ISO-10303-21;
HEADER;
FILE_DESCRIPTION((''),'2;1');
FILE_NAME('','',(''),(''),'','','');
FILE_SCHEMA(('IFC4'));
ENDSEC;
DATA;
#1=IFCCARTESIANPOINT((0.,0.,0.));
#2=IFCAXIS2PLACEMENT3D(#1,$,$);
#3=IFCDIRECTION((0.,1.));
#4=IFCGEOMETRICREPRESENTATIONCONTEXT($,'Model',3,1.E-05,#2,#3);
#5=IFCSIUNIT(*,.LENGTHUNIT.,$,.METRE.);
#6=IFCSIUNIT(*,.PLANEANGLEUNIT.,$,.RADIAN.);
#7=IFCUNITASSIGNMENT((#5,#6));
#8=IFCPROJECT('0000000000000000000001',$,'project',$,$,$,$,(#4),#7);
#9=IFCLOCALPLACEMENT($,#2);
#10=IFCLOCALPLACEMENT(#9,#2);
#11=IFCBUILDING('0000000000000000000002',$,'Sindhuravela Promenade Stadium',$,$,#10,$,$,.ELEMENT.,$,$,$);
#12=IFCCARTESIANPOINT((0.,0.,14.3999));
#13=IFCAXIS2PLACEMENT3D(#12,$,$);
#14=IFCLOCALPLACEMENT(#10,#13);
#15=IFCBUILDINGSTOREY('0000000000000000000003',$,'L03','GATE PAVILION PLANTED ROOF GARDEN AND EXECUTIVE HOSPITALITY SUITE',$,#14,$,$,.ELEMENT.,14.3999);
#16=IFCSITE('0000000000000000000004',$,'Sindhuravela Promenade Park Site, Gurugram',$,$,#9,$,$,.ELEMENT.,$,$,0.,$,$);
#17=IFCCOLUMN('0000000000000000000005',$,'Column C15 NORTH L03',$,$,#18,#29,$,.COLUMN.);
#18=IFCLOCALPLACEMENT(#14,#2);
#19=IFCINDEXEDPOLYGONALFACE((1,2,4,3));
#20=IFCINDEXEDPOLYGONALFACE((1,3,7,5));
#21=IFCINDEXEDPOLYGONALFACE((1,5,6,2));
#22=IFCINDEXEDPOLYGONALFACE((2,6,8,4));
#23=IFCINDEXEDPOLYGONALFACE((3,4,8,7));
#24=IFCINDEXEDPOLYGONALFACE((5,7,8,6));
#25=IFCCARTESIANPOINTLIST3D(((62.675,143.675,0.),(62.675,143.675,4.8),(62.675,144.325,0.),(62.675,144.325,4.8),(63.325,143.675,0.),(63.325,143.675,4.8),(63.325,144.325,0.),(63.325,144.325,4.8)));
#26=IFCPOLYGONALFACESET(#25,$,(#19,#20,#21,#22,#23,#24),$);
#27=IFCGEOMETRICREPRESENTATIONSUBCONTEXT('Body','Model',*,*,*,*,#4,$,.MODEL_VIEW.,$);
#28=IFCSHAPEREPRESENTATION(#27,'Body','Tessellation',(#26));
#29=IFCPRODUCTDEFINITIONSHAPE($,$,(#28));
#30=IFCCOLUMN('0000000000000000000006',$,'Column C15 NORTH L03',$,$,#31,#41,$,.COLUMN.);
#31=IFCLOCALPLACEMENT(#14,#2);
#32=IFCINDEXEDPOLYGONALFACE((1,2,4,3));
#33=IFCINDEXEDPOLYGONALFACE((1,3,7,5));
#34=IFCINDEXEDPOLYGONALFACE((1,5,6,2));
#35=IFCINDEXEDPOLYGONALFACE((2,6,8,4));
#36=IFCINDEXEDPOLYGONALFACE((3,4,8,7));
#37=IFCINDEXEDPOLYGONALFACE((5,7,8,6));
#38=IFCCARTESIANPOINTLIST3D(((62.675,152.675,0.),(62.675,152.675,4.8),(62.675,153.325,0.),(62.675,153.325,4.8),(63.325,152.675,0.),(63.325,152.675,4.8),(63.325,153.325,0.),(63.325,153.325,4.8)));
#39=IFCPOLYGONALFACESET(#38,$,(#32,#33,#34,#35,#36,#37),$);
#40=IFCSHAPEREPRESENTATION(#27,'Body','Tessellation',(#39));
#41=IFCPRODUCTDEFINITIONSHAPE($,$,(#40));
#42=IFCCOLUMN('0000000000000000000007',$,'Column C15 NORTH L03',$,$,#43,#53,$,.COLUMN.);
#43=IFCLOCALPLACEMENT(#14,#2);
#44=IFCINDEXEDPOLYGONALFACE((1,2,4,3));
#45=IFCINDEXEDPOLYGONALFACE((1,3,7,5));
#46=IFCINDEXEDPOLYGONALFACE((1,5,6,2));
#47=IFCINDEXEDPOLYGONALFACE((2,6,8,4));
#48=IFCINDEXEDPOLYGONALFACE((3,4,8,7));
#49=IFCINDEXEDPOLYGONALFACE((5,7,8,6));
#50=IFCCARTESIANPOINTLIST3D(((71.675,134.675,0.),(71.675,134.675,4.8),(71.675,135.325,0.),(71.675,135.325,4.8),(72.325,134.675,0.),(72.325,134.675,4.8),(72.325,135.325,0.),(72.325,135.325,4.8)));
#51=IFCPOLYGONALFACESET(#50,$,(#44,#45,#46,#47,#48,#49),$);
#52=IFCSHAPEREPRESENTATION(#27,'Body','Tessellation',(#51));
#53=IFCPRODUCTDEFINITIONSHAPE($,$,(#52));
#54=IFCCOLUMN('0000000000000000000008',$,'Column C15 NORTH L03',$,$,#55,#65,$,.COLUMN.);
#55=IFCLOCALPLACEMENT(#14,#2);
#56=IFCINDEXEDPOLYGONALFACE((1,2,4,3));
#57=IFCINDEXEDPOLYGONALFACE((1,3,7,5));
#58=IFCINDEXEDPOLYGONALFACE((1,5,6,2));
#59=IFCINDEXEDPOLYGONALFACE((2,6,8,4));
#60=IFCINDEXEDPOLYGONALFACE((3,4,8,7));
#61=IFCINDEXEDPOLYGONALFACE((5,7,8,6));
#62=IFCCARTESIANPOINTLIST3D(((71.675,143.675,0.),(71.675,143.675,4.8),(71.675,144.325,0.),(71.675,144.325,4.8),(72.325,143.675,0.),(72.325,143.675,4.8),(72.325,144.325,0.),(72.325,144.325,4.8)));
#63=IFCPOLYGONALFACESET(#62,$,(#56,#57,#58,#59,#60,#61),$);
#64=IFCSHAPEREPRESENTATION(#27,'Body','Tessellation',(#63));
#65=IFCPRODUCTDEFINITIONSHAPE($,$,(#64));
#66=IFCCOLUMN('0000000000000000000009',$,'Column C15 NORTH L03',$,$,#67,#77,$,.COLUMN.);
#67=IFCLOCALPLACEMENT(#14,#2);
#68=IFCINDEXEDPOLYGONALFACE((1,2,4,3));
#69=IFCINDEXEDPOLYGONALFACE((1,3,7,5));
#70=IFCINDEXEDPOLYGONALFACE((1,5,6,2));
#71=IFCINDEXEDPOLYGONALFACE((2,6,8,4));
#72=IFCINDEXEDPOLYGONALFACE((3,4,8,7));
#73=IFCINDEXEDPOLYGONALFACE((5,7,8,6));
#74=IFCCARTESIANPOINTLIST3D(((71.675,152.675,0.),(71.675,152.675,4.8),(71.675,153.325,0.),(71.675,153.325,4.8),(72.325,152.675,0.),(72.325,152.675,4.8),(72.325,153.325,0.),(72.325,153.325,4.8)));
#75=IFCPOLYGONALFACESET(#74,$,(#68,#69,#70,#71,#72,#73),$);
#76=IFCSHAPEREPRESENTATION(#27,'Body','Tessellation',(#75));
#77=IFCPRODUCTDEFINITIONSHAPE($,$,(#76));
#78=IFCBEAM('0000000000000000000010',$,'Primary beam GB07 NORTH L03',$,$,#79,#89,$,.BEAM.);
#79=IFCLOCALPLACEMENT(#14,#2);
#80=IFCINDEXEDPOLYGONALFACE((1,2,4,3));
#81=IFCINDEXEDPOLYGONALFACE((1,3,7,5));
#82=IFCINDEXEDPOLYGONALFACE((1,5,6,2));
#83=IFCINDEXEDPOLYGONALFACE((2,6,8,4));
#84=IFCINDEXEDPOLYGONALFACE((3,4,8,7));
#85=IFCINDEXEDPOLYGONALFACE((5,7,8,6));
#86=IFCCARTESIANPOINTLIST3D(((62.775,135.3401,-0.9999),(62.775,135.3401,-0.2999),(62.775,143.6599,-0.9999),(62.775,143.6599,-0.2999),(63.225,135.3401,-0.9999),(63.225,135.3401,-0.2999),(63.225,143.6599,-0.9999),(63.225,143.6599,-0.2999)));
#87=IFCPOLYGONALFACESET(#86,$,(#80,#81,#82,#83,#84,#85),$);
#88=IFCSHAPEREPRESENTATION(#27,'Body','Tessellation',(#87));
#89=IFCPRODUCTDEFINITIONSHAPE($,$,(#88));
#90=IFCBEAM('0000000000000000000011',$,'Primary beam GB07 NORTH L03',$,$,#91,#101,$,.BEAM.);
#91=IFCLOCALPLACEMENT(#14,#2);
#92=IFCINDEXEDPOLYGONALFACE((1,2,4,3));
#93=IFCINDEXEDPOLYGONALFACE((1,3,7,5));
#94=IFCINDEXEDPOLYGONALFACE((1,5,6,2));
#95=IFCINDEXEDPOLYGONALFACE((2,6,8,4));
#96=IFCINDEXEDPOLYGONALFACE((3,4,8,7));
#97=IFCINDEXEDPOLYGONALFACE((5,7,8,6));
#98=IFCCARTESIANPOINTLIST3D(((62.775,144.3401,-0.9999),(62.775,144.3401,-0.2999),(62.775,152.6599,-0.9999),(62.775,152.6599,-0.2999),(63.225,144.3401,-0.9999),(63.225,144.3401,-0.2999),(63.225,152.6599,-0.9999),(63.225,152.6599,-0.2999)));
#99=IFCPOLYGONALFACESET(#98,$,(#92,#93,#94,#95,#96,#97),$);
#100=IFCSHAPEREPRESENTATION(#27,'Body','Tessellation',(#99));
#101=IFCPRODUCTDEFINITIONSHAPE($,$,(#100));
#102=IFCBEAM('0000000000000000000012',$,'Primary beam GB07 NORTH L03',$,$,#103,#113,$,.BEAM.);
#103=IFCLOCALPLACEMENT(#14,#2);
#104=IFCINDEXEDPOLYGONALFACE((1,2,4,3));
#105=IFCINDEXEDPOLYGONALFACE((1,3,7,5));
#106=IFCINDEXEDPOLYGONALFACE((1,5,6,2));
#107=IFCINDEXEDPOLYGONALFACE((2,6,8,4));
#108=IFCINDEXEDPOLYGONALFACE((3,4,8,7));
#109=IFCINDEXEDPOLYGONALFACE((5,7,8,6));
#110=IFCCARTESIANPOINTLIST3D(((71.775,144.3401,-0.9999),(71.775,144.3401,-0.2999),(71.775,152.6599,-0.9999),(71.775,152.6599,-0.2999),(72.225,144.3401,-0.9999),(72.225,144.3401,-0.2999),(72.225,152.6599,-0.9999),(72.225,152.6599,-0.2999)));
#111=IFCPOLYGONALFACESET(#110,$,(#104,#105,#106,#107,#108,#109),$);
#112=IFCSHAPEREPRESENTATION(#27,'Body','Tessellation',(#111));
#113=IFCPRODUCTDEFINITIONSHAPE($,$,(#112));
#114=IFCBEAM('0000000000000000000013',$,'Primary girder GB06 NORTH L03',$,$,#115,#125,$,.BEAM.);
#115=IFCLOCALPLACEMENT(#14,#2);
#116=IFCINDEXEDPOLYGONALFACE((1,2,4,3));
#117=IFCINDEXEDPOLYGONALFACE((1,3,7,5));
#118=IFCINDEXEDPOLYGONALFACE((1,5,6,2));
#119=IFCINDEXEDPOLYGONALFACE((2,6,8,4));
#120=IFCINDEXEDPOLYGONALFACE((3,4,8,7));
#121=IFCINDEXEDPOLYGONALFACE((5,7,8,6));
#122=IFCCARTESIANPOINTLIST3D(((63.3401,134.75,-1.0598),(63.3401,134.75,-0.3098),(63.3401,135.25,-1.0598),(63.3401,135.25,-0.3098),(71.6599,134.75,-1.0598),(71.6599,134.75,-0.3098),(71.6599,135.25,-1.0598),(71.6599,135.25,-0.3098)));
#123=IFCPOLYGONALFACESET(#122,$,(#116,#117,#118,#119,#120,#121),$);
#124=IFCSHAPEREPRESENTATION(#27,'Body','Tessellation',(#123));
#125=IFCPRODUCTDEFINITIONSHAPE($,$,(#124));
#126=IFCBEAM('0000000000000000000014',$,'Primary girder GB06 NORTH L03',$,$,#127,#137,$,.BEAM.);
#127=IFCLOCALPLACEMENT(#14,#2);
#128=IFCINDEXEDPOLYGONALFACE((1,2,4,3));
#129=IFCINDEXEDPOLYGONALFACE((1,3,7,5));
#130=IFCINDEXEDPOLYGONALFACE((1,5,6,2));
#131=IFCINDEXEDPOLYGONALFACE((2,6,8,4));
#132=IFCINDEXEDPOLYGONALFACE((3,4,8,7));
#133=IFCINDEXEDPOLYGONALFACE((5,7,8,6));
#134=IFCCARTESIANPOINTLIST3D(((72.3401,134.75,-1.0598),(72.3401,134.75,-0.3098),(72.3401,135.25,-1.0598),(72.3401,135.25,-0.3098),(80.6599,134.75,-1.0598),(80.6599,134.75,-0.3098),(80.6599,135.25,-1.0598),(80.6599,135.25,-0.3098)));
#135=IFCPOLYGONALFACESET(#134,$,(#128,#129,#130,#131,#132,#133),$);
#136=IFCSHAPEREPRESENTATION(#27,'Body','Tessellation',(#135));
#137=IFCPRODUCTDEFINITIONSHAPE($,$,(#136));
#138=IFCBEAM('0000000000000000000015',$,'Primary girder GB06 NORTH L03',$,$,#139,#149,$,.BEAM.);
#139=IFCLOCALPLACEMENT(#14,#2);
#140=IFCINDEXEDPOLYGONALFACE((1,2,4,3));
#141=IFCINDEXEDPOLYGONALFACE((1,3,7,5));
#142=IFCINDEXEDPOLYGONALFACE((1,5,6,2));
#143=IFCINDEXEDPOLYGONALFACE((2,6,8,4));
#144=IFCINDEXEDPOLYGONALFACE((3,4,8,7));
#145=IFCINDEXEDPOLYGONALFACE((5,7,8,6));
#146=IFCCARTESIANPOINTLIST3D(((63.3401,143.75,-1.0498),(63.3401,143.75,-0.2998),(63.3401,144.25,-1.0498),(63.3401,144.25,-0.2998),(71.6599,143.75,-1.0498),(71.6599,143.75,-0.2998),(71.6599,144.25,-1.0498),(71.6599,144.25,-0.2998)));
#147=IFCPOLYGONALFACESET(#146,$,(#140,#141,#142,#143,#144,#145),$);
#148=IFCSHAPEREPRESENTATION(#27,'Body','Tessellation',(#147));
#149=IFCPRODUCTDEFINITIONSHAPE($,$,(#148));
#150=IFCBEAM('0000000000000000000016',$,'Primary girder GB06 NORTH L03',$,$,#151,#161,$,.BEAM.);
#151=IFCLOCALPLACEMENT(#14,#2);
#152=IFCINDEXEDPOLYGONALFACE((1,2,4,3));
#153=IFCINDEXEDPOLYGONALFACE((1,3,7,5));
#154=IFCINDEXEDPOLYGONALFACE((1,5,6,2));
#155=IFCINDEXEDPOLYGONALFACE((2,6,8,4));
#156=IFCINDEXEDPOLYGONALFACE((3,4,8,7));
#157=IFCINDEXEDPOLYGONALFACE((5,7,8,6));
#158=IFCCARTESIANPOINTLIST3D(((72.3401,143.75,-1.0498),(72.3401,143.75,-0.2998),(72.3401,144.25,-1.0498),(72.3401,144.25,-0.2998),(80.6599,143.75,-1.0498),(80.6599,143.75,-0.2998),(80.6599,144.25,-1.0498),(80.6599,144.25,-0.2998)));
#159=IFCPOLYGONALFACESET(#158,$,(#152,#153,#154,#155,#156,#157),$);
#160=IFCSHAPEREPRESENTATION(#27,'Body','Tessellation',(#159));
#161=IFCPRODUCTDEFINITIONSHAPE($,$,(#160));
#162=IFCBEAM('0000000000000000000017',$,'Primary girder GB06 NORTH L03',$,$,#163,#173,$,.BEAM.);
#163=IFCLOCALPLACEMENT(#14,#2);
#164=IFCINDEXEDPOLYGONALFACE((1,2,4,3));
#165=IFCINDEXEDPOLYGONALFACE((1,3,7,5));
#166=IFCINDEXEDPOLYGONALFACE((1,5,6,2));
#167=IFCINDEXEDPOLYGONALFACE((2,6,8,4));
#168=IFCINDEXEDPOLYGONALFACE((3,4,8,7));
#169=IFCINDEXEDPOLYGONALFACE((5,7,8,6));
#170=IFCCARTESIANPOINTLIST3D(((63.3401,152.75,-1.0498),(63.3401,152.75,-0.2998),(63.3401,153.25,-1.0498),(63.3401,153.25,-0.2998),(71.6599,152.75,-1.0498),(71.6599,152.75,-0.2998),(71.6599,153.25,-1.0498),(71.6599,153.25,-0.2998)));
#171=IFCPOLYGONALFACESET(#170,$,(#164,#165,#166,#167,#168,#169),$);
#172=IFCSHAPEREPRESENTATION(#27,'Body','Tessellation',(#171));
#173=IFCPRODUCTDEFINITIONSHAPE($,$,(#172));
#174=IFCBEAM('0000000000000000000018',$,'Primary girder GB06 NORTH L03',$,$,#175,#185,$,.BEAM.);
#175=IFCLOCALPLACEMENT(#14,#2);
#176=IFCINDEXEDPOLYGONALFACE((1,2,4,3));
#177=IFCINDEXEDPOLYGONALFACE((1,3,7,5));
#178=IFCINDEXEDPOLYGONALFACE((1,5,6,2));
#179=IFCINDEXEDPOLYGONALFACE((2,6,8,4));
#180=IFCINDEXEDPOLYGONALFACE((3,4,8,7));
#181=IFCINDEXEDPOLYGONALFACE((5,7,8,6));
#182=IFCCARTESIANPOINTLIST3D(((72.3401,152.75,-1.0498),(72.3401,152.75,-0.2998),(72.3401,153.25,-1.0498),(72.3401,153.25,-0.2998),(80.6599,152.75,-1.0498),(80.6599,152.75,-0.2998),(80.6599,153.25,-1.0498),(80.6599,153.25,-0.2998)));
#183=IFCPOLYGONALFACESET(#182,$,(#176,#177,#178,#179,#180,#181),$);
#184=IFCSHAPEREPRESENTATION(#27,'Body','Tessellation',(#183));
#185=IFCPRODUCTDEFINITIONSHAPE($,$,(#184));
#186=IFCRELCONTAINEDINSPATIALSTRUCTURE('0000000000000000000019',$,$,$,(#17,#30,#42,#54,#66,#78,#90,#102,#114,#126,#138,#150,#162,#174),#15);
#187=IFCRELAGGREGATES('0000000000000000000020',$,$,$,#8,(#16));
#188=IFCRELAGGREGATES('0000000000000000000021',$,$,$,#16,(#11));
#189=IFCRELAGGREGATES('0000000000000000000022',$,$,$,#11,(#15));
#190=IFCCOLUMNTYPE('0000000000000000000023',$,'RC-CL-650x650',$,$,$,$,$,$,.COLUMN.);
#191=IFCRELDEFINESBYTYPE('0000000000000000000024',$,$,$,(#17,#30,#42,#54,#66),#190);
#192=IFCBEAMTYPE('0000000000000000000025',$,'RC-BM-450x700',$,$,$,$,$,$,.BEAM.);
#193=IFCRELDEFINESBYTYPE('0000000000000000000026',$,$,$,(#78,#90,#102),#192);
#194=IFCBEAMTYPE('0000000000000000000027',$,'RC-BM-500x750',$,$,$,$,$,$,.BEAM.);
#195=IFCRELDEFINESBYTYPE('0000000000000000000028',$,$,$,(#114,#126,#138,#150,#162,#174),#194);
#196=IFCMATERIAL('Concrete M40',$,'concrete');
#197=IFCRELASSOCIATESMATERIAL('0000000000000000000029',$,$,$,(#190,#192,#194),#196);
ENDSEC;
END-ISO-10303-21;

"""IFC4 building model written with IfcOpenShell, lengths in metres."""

from ifc_helpers import new_model, si_unit, direction, frame, origin, origin_2d, place, context, subcontext, project, spatial, rectangle, extrude, material, material_profile, profile_set, type_object, element, save


model = new_model("IFC4")

# Units and contexts
model_context = context("Model", 3, precision=1e-05, world=origin(), true_north=direction((0.0, 1.0)))
body_context = subcontext(model_context, "Body", "Model", "MODEL_VIEW")
ifc_project = project(units=[si_unit("LENGTHUNIT", "METRE"), si_unit("PLANEANGLEUNIT", "RADIAN")], contexts=[model_context])

# Site, building, storey
site_placement = place(None, origin())
site = spatial("IfcSite", under=ifc_project, at=site_placement, Name="Sindhuravela Promenade Park Site, Gurugram", CompositionType="ELEMENT", RefElevation=0.0)
building_placement = place(site_placement, origin())
building = spatial("IfcBuilding", under=site, at=building_placement, Name="Sindhuravela Promenade Stadium", CompositionType="ELEMENT")
storey_placement = place(building_placement, frame((0.0, 0.0, 14.3999)))
storey = spatial("IfcBuildingStorey", under=building, at=storey_placement, Name="L03", Description="GATE PAVILION PLANTED ROOF GARDEN AND EXECUTIVE HOSPITALITY SUITE", CompositionType="ELEMENT", Elevation=14.3999)

# Columns
ifc_material_1 = material(Name="Concrete M40", Category="concrete")
ifc_material_profile_1 = material_profile(ifc_material_1, rectangle(XDim=0.6499, YDim=0.6499, at=origin_2d()), Name="RC 650x650")
ifc_profile_set_1 = profile_set([ifc_material_profile_1], Name="Concrete M40")
column_type = type_object("IfcColumnType", Name="RC-CL-650x650", PredefinedType="COLUMN", material=ifc_profile_set_1)
for number, where, z_axis, x_axis, name in (
    (1, (63.0, 144.0, 0.0), (0.0, 0.0, 1.0), (1.0, 0.0, 0.0), "Column C15 NORTH L03"),
    (2, (63.0, 153.0, 0.0), (0.0, 0.0, 1.0), (1.0, 0.0, 0.0), "Column C15 NORTH L03"),
    (3, (72.0, 135.0, 0.0), (0.0, 0.0, 1.0), (1.0, 0.0, 0.0), "Column C15 NORTH L03"),
    (4, (72.0, 144.0, 0.0), (0.0, 0.0, 1.0), (1.0, 0.0, 0.0), "Column C15 NORTH L03"),
    (5, (72.0, 153.0, 0.0), (0.0, 0.0, 1.0), (1.0, 0.0, 0.0), "Column C15 NORTH L03"),
):
    element("IfcColumn", number, at=place(storey_placement, frame(where, z_axis=z_axis, x_axis=x_axis)), inside=storey, type_object=column_type, Name=name, PredefinedType="COLUMN", context=body_context, shape_type="SweptSolid", body=[
        extrude(rectangle(XDim=0.6499, YDim=0.6499, at=origin_2d()), origin(), (0.0, 0.0, 1.0), 4.8),
    ])

# Beams
ifc_material_profile_2 = material_profile(ifc_material_1, rectangle(XDim=0.45, YDim=0.7, at=origin_2d()), Name="RC 450x700")
ifc_profile_set_2 = profile_set([ifc_material_profile_2], Name="Concrete M40")
beam_type_1 = type_object("IfcBeamType", Name="RC-BM-450x700", PredefinedType="BEAM", material=ifc_profile_set_2)
for number, where, z_axis, x_axis, name in (
    (6, (63.0, 135.3401, -0.6499), (0.0, 1.0, 0.0), (-1.0, 0.0, 0.0), "Primary beam GB07 NORTH L03"),
    (7, (63.0, 144.3401, -0.6499), (0.0, 1.0, 0.0), (-1.0, 0.0, 0.0), "Primary beam GB07 NORTH L03"),
    (8, (72.0, 144.3401, -0.6499), (0.0, 1.0, 0.0), (-1.0, 0.0, 0.0), "Primary beam GB07 NORTH L03"),
):
    element("IfcBeam", number, at=place(storey_placement, frame(where, z_axis=z_axis, x_axis=x_axis)), inside=storey, type_object=beam_type_1, Name=name, PredefinedType="BEAM", context=body_context, shape_type="SweptSolid", body=[
        extrude(rectangle(XDim=0.45, YDim=0.7, at=origin_2d()), origin(), (0.0, 0.0, 1.0), 8.3198),
    ])
ifc_material_profile_3 = material_profile(ifc_material_1, rectangle(XDim=0.5, YDim=0.75, at=origin_2d()), Name="RC 500x750")
ifc_profile_set_3 = profile_set([ifc_material_profile_3], Name="Concrete M40")
beam_type_2 = type_object("IfcBeamType", Name="RC-BM-500x750", PredefinedType="BEAM", material=ifc_profile_set_3)
for number, where, z_axis, x_axis, name in (
    (9, (63.3401, 135.0, -0.6848), (1.0, 0.0, 0.0), (0.0, 1.0, 0.0), "Primary girder GB06 NORTH L03"),
    (10, (72.3401, 135.0, -0.6848), (1.0, 0.0, 0.0), (0.0, 1.0, 0.0), "Primary girder GB06 NORTH L03"),
    (11, (63.3401, 144.0, -0.6748), (1.0, 0.0, 0.0), (0.0, 1.0, 0.0), "Primary girder GB06 NORTH L03"),
    (12, (72.3401, 144.0, -0.6748), (1.0, 0.0, 0.0), (0.0, 1.0, 0.0), "Primary girder GB06 NORTH L03"),
    (13, (63.3401, 153.0, -0.6748), (1.0, 0.0, 0.0), (0.0, 1.0, 0.0), "Primary girder GB06 NORTH L03"),
    (14, (72.3401, 153.0, -0.6748), (1.0, 0.0, 0.0), (0.0, 1.0, 0.0), "Primary girder GB06 NORTH L03"),
):
    element("IfcBeam", number, at=place(storey_placement, frame(where, z_axis=z_axis, x_axis=x_axis)), inside=storey, type_object=beam_type_2, Name=name, PredefinedType="BEAM", context=body_context, shape_type="SweptSolid", body=[
        extrude(rectangle(XDim=0.5, YDim=0.75, at=origin_2d()), origin(), (0.0, 0.0, 1.0), 8.3198),
    ])

save(model, "model.ifc")
